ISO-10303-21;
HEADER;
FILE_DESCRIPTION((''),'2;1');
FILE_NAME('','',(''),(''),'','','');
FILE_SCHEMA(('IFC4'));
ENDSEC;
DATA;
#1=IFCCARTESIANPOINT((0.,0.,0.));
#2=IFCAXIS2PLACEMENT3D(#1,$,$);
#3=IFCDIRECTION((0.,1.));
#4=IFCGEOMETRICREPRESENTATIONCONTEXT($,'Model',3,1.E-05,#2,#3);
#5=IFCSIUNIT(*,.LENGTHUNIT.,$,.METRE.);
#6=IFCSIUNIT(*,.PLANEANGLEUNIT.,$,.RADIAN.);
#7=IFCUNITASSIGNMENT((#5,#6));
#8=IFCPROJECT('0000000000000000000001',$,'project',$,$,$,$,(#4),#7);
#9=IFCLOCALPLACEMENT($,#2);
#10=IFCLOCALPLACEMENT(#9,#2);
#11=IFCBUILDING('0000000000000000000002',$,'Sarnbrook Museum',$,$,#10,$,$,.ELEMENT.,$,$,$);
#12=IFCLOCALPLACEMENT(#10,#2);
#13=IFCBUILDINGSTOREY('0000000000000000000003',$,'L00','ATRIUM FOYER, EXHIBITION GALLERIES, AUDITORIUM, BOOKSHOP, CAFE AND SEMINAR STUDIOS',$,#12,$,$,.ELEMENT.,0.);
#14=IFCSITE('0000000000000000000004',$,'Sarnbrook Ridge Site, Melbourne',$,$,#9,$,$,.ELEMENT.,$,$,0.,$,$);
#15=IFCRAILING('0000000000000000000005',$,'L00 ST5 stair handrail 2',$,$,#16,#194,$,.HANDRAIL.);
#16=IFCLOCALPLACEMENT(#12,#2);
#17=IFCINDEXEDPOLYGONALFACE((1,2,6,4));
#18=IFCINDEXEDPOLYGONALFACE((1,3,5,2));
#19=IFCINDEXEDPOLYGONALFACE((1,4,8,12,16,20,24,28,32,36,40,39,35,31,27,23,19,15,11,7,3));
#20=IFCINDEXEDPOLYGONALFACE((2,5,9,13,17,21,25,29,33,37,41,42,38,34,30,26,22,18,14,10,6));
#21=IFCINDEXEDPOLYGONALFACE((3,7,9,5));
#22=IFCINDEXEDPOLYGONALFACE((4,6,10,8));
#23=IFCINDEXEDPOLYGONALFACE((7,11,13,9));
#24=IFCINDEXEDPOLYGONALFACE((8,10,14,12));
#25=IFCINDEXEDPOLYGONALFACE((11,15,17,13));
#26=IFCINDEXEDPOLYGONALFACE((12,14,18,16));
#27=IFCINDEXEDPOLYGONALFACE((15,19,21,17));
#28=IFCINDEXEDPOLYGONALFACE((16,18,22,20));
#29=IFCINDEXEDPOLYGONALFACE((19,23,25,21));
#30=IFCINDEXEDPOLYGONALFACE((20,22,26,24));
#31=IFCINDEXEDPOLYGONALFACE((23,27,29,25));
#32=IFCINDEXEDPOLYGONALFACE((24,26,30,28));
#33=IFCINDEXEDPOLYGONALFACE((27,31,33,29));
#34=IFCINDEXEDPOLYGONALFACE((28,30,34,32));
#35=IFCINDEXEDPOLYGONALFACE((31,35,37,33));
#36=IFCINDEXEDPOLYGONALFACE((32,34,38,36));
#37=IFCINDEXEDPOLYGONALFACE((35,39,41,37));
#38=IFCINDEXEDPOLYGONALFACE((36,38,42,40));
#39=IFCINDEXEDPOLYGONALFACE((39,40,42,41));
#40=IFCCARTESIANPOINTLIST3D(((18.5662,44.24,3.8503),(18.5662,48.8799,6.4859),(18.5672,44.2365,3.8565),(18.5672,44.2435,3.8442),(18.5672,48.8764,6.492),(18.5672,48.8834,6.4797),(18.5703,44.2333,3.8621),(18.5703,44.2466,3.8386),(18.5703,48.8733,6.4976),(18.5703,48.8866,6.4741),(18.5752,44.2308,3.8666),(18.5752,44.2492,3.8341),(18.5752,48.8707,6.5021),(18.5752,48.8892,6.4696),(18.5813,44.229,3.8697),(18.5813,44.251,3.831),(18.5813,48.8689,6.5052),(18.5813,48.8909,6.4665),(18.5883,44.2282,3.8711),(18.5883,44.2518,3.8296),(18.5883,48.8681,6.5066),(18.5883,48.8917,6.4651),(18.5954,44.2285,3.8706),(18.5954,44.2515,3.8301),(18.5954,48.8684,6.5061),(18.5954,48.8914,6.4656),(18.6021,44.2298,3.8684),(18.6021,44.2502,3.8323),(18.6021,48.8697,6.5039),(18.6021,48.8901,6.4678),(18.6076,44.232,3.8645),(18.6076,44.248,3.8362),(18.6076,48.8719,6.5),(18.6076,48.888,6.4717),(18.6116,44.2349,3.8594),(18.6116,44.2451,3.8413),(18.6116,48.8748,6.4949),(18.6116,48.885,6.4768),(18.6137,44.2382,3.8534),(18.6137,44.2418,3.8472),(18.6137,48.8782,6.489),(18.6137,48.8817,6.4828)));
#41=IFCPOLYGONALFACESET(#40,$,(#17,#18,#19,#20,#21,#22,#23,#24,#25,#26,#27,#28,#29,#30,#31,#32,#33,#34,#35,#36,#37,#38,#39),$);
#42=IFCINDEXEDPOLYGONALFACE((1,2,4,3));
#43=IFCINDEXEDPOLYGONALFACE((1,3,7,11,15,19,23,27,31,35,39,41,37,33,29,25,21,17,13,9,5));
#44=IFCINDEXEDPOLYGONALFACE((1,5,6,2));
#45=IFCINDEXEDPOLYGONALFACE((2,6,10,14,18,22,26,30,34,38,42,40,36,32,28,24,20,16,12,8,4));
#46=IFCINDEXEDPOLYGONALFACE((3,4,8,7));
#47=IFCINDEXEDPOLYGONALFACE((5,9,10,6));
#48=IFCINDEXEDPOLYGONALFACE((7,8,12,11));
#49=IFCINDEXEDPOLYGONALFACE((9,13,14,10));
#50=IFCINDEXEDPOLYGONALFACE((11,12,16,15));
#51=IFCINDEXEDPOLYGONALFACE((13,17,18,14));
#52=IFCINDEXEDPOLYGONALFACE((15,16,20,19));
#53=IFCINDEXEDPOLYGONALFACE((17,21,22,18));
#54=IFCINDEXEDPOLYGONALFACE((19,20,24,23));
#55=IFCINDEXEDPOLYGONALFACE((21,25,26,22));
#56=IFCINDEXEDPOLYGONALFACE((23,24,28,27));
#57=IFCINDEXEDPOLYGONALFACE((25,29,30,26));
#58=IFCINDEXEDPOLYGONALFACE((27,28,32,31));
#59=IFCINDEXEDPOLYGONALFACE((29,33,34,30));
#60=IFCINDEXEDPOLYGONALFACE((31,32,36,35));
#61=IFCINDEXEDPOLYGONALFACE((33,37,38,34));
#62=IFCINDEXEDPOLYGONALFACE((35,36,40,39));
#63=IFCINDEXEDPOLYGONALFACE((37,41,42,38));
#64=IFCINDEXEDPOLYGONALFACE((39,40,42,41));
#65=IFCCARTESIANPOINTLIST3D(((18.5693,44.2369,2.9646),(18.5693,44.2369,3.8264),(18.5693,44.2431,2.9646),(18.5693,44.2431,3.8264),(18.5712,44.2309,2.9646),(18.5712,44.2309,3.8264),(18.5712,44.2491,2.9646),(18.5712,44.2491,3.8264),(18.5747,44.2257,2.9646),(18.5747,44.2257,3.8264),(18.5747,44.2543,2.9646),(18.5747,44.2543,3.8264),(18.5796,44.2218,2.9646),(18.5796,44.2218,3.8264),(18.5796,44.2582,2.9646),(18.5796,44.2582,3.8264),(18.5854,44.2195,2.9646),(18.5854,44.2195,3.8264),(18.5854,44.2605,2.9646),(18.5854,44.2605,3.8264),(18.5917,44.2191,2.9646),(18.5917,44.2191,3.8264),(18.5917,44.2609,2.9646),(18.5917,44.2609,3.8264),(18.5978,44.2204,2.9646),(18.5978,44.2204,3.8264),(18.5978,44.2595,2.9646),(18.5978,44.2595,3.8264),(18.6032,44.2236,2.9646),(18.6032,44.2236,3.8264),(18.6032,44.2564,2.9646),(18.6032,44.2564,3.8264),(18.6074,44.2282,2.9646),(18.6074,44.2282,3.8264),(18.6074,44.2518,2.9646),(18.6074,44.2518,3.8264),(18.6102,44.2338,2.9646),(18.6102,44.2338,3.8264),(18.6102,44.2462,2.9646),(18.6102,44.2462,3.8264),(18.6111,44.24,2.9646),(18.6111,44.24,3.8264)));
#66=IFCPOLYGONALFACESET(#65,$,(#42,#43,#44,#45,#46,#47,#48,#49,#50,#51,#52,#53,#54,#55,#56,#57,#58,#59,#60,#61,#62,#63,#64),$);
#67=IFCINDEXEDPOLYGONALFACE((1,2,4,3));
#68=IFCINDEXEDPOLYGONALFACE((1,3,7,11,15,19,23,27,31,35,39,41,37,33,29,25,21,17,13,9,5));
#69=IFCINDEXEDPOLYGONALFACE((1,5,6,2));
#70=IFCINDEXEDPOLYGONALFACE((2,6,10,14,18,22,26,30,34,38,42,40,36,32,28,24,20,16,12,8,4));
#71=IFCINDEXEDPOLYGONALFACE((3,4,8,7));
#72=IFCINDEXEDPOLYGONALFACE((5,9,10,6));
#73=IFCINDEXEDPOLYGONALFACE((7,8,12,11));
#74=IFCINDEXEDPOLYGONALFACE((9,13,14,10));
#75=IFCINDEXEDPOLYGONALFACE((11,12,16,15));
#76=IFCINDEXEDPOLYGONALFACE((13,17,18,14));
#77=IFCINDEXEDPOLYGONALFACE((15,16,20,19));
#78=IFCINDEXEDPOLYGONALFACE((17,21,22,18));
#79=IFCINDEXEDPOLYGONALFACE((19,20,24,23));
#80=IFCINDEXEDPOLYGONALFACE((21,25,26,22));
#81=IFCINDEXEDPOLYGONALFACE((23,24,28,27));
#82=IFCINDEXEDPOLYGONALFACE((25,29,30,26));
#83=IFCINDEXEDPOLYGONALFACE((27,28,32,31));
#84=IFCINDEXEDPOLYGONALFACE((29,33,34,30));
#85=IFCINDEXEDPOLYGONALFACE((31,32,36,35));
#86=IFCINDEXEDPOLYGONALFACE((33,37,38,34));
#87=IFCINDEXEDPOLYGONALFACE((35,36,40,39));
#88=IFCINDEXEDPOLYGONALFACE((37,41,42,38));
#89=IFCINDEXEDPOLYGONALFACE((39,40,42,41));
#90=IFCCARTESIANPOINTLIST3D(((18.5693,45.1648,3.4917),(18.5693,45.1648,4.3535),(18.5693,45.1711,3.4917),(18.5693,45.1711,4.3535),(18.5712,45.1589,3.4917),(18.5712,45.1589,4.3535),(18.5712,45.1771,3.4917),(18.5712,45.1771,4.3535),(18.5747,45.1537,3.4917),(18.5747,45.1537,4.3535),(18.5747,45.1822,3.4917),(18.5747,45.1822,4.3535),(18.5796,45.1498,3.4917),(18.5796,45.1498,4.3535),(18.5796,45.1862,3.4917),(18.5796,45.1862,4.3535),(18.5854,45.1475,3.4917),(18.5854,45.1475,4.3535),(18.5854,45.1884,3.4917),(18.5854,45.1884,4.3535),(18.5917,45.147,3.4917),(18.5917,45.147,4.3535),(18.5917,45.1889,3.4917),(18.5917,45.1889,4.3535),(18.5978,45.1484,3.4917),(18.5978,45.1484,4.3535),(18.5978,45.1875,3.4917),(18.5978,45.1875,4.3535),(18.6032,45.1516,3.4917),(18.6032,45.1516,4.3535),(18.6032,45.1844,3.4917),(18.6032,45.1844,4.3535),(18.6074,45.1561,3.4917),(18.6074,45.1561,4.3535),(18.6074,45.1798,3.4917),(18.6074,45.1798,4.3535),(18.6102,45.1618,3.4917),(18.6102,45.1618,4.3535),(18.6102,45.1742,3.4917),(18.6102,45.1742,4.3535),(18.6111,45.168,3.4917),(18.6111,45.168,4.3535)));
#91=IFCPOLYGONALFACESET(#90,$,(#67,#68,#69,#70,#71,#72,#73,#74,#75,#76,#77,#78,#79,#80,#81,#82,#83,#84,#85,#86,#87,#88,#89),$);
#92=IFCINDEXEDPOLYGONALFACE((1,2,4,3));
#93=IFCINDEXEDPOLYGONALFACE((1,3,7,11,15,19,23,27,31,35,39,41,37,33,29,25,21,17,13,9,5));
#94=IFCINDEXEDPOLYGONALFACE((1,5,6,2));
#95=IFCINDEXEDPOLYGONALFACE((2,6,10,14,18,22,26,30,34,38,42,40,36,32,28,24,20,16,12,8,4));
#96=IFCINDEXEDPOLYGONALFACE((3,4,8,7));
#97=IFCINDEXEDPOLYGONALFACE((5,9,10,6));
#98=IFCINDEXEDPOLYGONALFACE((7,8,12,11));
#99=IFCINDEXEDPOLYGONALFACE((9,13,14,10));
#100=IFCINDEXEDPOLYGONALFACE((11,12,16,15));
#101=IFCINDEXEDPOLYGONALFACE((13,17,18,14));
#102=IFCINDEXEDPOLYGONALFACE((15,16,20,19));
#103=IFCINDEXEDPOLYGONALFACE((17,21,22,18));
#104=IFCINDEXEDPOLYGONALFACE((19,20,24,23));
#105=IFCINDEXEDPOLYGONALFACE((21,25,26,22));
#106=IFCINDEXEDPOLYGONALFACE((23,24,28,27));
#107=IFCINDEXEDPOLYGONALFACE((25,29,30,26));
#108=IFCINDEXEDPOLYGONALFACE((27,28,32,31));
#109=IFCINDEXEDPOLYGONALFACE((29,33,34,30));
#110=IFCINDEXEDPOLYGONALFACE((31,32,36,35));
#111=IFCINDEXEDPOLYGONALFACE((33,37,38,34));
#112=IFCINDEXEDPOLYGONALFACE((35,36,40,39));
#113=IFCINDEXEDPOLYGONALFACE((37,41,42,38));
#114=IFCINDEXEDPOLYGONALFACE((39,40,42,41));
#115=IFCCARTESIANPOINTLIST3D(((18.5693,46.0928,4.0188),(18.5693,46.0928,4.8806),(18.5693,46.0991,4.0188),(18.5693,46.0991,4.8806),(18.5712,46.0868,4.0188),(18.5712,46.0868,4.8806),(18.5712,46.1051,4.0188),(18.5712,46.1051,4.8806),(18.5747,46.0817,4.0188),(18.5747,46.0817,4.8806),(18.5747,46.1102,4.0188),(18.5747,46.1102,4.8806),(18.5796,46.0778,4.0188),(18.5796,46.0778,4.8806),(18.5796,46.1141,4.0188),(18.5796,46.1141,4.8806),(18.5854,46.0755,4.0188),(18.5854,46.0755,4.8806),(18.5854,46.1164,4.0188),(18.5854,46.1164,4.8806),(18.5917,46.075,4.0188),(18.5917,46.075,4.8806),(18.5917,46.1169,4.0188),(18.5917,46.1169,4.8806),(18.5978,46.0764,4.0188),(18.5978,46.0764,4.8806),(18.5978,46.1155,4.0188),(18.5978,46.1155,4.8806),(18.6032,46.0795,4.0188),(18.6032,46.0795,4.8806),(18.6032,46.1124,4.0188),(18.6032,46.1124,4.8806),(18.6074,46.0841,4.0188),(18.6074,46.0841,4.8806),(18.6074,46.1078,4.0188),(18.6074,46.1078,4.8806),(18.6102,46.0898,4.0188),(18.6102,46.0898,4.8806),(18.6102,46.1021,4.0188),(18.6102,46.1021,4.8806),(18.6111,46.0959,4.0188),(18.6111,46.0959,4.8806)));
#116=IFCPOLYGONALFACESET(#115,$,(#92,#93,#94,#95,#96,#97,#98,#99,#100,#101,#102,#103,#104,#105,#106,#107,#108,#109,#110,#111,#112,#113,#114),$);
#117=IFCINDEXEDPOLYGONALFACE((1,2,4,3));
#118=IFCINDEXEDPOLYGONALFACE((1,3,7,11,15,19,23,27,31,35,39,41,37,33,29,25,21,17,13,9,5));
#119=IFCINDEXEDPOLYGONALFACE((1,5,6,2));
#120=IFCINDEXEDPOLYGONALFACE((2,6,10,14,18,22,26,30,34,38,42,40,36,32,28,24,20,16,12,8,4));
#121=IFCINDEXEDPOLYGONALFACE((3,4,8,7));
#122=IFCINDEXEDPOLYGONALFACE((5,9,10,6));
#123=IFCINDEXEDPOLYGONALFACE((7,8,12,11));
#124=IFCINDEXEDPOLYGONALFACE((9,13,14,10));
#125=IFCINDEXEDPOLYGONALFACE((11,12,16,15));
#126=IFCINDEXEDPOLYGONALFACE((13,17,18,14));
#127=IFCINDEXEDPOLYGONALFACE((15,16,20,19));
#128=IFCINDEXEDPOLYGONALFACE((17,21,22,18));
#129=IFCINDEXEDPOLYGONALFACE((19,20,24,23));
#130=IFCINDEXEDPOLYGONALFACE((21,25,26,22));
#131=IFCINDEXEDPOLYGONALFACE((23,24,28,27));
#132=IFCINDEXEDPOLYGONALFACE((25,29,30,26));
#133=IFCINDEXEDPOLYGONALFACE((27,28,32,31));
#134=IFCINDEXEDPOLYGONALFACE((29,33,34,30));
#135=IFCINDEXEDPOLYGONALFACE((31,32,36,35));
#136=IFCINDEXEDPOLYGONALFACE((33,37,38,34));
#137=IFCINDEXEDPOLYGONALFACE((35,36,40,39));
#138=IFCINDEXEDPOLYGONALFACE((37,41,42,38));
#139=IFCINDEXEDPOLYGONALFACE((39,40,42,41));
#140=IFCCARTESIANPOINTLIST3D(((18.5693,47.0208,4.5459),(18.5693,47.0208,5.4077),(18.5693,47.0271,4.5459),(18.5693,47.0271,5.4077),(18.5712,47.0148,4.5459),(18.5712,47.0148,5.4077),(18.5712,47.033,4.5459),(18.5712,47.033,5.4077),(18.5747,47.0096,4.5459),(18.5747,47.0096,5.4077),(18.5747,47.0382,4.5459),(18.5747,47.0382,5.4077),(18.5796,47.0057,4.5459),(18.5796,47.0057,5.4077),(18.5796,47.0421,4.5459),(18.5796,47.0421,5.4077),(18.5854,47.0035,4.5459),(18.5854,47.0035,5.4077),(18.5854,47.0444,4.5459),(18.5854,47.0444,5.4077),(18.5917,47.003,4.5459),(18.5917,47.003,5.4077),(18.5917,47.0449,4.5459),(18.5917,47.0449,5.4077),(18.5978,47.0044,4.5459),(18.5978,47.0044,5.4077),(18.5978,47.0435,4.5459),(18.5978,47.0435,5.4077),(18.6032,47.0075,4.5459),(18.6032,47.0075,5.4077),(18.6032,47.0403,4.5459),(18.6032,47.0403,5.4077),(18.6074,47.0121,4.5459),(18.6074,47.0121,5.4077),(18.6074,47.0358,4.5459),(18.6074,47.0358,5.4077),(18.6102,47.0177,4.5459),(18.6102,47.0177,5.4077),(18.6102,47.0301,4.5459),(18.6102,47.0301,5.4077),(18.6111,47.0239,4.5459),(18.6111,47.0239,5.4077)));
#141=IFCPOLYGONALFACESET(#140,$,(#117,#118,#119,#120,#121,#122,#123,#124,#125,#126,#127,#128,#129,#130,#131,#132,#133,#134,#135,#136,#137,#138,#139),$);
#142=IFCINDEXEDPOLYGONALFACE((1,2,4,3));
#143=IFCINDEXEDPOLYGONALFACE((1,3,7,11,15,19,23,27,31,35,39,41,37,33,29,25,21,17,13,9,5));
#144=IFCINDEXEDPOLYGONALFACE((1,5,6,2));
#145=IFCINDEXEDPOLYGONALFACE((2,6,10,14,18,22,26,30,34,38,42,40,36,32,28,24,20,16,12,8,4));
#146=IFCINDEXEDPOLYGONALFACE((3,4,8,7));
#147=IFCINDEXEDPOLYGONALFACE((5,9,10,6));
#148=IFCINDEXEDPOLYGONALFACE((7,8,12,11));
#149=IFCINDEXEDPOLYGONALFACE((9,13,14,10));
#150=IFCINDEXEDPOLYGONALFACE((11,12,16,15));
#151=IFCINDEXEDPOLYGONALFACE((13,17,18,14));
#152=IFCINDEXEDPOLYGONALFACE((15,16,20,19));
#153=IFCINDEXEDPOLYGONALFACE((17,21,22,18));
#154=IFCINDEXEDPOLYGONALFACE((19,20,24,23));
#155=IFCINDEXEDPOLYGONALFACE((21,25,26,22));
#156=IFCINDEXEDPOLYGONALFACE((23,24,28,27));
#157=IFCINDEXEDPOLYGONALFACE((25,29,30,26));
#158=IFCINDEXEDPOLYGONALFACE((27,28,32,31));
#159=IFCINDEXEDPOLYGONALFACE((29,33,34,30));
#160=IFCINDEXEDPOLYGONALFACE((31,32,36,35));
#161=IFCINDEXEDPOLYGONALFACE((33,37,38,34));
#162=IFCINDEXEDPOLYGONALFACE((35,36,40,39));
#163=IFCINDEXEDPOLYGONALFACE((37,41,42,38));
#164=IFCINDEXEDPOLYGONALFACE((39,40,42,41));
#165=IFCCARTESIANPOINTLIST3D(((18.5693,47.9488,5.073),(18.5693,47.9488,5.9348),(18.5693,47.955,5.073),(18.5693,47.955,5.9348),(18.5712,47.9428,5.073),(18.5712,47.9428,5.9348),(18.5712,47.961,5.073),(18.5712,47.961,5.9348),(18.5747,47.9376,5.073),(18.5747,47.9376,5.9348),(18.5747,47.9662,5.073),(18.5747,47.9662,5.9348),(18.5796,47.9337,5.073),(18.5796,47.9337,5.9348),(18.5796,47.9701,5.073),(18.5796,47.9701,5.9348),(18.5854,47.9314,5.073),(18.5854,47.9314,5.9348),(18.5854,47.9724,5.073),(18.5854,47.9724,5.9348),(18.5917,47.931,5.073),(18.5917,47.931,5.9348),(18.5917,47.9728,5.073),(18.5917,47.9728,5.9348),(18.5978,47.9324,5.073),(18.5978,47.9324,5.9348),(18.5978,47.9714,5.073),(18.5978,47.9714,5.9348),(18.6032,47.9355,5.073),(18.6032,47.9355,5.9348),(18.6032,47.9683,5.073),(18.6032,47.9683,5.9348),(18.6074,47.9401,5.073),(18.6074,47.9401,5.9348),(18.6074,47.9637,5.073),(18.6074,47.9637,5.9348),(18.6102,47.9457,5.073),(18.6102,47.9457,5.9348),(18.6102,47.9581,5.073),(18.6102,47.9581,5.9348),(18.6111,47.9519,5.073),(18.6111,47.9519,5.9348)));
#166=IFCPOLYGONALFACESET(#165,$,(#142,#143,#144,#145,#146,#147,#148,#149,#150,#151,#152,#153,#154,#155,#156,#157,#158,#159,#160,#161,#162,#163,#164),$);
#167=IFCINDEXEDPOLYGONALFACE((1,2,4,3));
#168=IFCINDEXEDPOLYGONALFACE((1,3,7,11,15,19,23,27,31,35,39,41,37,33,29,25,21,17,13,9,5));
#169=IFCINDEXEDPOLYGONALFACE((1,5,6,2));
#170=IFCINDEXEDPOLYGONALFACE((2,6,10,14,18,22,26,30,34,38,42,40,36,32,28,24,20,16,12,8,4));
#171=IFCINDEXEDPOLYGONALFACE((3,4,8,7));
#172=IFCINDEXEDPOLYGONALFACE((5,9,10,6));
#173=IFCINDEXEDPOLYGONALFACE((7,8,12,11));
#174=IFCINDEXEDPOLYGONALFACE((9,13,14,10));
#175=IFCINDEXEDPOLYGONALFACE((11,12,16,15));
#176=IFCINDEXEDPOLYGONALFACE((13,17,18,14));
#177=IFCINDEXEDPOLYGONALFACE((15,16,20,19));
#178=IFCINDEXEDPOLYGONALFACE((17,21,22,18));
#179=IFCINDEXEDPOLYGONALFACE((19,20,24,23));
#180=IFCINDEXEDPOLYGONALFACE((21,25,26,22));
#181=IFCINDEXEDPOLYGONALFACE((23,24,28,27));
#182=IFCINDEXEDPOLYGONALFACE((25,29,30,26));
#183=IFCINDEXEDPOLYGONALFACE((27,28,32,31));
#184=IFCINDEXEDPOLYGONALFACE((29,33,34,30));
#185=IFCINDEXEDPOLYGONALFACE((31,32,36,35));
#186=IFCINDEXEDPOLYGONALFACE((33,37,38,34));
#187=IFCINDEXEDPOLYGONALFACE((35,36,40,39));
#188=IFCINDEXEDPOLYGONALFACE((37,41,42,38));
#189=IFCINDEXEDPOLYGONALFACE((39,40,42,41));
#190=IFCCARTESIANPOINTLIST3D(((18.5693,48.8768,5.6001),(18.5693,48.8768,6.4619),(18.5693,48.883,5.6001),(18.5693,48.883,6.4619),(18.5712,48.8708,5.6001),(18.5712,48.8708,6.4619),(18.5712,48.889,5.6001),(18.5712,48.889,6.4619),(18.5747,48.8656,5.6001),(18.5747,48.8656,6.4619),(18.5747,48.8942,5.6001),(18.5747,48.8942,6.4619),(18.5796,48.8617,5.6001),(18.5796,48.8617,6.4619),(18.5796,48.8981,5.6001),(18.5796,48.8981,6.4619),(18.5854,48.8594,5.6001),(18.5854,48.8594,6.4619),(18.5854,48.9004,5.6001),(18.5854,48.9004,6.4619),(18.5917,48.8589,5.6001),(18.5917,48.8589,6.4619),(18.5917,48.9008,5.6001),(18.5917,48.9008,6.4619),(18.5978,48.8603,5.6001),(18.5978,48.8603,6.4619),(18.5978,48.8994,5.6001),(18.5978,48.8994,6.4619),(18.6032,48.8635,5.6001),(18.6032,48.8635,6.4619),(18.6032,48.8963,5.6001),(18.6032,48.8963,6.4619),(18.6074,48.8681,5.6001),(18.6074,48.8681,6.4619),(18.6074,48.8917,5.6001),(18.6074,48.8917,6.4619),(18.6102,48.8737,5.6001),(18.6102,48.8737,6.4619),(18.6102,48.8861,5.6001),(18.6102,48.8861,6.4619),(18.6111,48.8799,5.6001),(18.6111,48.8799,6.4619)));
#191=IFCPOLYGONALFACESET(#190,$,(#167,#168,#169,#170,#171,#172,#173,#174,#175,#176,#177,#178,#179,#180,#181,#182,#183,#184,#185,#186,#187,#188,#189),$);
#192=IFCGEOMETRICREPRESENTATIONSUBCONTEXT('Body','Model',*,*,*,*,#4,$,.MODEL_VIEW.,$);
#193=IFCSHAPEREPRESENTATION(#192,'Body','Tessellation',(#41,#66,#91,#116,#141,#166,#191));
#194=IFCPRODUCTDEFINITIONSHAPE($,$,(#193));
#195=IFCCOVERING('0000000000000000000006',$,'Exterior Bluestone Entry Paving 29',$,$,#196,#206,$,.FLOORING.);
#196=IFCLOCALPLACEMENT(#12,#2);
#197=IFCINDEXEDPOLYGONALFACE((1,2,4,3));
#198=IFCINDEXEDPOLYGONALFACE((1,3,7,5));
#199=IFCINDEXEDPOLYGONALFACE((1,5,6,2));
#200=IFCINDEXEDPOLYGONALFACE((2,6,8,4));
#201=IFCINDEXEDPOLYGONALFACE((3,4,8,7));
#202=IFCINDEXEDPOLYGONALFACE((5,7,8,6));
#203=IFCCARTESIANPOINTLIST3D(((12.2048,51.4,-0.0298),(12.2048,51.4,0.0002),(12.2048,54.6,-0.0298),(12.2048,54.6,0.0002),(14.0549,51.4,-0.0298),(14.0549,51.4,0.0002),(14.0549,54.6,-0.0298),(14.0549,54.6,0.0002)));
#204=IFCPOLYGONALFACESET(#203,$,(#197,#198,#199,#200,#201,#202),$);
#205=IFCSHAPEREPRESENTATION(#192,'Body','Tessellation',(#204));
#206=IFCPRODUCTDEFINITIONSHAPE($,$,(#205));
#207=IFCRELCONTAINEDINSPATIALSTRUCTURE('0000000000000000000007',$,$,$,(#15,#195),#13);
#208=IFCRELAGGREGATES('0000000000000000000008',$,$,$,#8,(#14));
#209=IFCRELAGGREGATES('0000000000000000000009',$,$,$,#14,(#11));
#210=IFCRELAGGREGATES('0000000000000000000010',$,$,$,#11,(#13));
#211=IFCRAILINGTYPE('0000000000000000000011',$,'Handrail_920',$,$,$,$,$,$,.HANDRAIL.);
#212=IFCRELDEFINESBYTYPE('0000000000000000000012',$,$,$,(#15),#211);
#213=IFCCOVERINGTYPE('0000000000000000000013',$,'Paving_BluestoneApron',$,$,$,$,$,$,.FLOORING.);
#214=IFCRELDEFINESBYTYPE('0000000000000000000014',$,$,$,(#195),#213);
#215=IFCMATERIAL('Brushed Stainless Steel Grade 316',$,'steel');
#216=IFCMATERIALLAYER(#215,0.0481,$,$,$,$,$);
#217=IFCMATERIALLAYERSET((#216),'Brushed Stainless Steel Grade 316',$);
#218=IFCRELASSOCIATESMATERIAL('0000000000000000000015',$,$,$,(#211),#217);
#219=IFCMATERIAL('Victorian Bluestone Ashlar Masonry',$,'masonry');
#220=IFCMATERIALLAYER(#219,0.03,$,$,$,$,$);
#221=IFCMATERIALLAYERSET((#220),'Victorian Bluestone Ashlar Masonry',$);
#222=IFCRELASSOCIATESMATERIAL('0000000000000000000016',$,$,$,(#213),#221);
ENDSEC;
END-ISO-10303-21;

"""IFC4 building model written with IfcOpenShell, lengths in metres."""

from ifc_helpers import new_model, si_unit, direction, frame, origin, origin_2d, place, context, subcontext, project, spatial, rectangle, circle, extrude, material, layer, layer_set, type_object, element, save


model = new_model("IFC4")

# Units and contexts
model_context = context("Model", 3, precision=1e-05, world=origin(), true_north=direction((0.0, 1.0)))
body_context = subcontext(model_context, "Body", "Model", "MODEL_VIEW")
ifc_project = project(units=[si_unit("LENGTHUNIT", "METRE"), si_unit("PLANEANGLEUNIT", "RADIAN")], contexts=[model_context])

# Site, building, storey
site_placement = place(None, origin())
site = spatial("IfcSite", under=ifc_project, at=site_placement, Name="Sarnbrook Ridge Site, Melbourne", CompositionType="ELEMENT", RefElevation=0.0)
building_placement = place(site_placement, origin())
building = spatial("IfcBuilding", under=site, at=building_placement, Name="Sarnbrook Museum", CompositionType="ELEMENT")
storey_placement = place(building_placement, origin())
storey = spatial("IfcBuildingStorey", under=building, at=storey_placement, Name="L00", Description="ATRIUM FOYER, EXHIBITION GALLERIES, AUDITORIUM, BOOKSHOP, CAFE AND SEMINAR STUDIOS", CompositionType="ELEMENT", Elevation=0.0)

# Railing
ifc_material_1 = material(Name="Brushed Stainless Steel Grade 316", Category="steel")
ifc_layer_1 = layer(ifc_material_1, 0.0481)
ifc_layer_set_1 = layer_set([ifc_layer_1], Name="Brushed Stainless Steel Grade 316")
railing_type_1 = type_object("IfcRailingType", Name="Handrail_920", PredefinedType="HANDRAIL", material=ifc_layer_set_1)
railing_1_placement = place(storey_placement, frame((18.5901, 44.24, 2.9646)))
element("IfcRailing", 1, at=railing_1_placement, inside=storey, type_object=railing_type_1, Name="L00 ST5 stair handrail 2", PredefinedType="HANDRAIL", context=body_context, shape_type="SweptSolid", body=[
    extrude(circle(Radius=0.0239, at=origin_2d()), frame((0.0, 0.0, 0.8857), z_axis=(0.0, 0.869521, 0.493895), x_axis=(-1.0, 0.0, 0.0)), (0.0, 0.0, 1.0), 5.3362),
    extrude(circle(Radius=0.021, at=origin_2d()), origin(), (0.0, 0.0, 1.0), 0.8618),
    extrude(circle(Radius=0.021, at=origin_2d()), frame((0.0, 0.928, 0.5271)), (0.0, 0.0, 1.0), 0.8618),
    extrude(circle(Radius=0.021, at=origin_2d()), frame((0.0, 1.856, 1.0542)), (0.0, 0.0, 1.0), 0.8618),
    extrude(circle(Radius=0.021, at=origin_2d()), frame((0.0, 2.7839, 1.5813)), (0.0, 0.0, 1.0), 0.8618),
    extrude(circle(Radius=0.021, at=origin_2d()), frame((0.0, 3.7119, 2.1084)), (0.0, 0.0, 1.0), 0.8618),
    extrude(circle(Radius=0.021, at=origin_2d()), frame((0.0, 4.6399, 2.6355)), (0.0, 0.0, 1.0), 0.8618),
])

# Covering
ifc_material_2 = material(Name="Victorian Bluestone Ashlar Masonry", Category="masonry")
ifc_layer_2 = layer(ifc_material_2, 0.03)
ifc_layer_set_2 = layer_set([ifc_layer_2], Name="Victorian Bluestone Ashlar Masonry")
covering_type = type_object("IfcCoveringType", Name="Paving_BluestoneApron", PredefinedType="FLOORING", material=ifc_layer_set_2)
covering_placement = place(storey_placement, frame((13.1299, 53.0, -0.0298), z_axis=(0.0, 0.0, 1.0), x_axis=(1.0, 0.0, 0.0)))
element("IfcCovering", 2, at=covering_placement, inside=storey, type_object=covering_type, Name="Exterior Bluestone Entry Paving 29", PredefinedType="FLOORING", context=body_context, shape_type="SweptSolid", body=[
    extrude(rectangle(XDim=1.8501, YDim=3.2, at=origin_2d()), origin(), (0.0, 0.0, 1.0), 0.03),
])

save(model, "model.ifc")
